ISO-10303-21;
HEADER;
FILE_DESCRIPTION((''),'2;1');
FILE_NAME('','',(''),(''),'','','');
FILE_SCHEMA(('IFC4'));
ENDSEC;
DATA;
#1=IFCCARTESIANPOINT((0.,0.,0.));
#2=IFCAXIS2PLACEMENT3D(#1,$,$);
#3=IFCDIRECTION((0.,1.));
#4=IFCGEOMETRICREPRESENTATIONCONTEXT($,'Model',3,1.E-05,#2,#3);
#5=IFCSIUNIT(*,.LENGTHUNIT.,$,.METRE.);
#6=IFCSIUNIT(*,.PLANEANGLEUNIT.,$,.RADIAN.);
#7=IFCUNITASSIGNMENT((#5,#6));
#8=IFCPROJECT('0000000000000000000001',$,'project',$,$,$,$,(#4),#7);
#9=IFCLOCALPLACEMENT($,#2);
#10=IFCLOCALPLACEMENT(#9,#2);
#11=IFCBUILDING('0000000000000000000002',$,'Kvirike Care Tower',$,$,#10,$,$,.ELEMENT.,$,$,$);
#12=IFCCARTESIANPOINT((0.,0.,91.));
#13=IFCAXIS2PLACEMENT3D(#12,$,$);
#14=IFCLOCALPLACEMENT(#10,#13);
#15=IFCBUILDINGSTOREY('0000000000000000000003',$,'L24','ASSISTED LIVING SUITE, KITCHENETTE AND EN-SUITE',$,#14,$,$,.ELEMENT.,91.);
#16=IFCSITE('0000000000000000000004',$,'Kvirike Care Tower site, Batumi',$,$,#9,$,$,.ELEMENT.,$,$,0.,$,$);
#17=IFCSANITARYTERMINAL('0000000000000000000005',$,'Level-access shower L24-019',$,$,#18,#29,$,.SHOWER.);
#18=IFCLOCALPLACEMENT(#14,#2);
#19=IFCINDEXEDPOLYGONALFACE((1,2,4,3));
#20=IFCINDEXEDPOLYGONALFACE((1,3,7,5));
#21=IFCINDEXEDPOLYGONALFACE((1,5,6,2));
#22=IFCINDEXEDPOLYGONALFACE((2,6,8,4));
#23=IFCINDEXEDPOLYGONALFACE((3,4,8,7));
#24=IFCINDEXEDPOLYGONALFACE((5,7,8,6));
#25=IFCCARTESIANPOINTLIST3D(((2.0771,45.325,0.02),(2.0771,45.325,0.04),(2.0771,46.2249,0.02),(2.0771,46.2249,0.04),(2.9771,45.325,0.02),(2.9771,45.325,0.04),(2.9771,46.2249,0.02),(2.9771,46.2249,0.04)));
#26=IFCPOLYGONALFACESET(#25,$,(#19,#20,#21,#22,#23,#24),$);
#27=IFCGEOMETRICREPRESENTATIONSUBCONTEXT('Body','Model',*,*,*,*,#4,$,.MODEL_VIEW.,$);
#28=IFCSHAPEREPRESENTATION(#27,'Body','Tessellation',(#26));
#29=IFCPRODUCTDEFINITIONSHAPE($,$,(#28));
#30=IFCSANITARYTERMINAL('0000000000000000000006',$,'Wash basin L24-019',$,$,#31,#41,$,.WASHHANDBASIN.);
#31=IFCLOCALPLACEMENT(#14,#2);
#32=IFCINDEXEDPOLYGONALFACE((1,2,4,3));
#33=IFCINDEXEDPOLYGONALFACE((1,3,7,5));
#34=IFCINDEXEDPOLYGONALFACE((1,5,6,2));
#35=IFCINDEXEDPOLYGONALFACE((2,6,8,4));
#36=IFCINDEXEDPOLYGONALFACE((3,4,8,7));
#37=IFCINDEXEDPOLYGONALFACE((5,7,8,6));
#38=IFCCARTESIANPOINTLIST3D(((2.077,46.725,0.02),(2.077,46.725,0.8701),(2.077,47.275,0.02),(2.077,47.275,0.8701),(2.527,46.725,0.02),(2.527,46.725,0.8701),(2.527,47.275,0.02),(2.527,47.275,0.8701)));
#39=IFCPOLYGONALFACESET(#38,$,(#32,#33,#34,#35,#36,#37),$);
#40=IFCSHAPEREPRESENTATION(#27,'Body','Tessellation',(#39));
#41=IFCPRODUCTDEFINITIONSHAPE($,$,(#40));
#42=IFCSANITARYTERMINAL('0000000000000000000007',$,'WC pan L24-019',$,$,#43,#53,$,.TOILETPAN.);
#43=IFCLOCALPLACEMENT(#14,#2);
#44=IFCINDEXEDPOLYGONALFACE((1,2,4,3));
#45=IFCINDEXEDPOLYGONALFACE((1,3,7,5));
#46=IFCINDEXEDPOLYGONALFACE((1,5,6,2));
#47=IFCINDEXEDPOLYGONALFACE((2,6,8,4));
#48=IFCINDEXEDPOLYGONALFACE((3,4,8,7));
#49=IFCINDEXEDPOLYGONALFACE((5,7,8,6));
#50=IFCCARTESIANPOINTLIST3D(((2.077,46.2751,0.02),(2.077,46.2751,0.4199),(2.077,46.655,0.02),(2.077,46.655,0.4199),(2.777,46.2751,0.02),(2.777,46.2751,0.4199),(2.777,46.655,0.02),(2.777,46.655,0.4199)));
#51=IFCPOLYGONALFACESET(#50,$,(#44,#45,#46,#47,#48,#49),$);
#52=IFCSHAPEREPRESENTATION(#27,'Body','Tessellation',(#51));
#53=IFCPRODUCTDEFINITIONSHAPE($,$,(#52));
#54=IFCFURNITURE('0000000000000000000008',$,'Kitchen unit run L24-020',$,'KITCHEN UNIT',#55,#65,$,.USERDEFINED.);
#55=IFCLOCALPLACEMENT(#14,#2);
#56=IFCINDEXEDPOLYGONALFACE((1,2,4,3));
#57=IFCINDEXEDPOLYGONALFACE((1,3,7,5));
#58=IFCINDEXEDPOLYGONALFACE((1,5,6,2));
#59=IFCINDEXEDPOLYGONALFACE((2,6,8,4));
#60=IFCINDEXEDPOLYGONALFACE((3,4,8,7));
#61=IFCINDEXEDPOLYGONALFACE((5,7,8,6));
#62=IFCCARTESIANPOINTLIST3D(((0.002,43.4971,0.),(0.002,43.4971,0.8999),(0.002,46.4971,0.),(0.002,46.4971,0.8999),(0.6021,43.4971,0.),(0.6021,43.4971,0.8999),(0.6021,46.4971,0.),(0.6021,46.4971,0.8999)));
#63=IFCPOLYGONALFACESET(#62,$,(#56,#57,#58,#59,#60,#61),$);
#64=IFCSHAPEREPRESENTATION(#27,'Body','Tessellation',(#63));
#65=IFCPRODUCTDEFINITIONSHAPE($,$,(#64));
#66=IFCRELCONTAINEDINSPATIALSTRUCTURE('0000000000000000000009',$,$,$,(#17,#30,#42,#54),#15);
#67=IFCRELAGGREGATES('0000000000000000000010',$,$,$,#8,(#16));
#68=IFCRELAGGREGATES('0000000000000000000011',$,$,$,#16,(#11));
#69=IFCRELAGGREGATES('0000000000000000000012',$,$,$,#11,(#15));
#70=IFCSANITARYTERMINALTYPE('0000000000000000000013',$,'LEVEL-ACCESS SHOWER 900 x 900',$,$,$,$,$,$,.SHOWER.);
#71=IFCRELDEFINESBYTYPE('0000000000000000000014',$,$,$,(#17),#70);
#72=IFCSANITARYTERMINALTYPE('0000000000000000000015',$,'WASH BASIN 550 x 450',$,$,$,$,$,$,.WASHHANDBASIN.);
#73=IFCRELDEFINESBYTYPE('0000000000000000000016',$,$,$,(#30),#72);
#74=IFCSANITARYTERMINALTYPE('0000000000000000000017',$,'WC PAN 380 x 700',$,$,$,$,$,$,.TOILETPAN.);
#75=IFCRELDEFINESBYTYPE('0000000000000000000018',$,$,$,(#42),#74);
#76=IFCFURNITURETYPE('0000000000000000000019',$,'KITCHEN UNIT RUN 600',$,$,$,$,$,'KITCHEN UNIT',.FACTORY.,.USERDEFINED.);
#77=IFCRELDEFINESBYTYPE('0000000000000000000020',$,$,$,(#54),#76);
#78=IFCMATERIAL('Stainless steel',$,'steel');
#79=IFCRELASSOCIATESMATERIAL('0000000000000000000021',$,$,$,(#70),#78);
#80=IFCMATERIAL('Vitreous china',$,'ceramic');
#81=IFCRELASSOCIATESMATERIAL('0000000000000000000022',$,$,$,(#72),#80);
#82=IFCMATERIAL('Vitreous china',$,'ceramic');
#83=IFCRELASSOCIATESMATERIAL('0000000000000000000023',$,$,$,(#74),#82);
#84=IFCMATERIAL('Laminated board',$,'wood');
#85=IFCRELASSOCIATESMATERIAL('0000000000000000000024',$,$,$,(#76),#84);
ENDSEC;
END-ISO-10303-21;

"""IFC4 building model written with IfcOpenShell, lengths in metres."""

from ifc_helpers import new_model, si_unit, direction, frame, origin, origin_2d, place, context, subcontext, project, spatial, rectangle, extrude, material, type_object, element, save


model = new_model("IFC4")

# Units and contexts
model_context = context("Model", 3, precision=1e-05, world=origin(), true_north=direction((0.0, 1.0)))
body_context = subcontext(model_context, "Body", "Model", "MODEL_VIEW")
ifc_project = project(units=[si_unit("LENGTHUNIT", "METRE"), si_unit("PLANEANGLEUNIT", "RADIAN")], contexts=[model_context])

# Site, building, storey
site_placement = place(None, origin())
site = spatial("IfcSite", under=ifc_project, at=site_placement, Name="Kvirike Care Tower site, Batumi", CompositionType="ELEMENT", RefElevation=0.0)
building_placement = place(site_placement, origin())
building = spatial("IfcBuilding", under=site, at=building_placement, Name="Kvirike Care Tower", CompositionType="ELEMENT")
storey_placement = place(building_placement, frame((0.0, 0.0, 91.0)))
storey = spatial("IfcBuildingStorey", under=building, at=storey_placement, Name="L24", Description="ASSISTED LIVING SUITE, KITCHENETTE AND EN-SUITE", CompositionType="ELEMENT", Elevation=91.0)

# Sanitary terminals
ifc_material_1 = material(Name="Stainless steel", Category="steel")
sanitary_terminal_type_1 = type_object("IfcSanitaryTerminalType", Name="LEVEL-ACCESS SHOWER 900 x 900", PredefinedType="SHOWER", material=ifc_material_1)
sanitary_terminal_1_placement = place(storey_placement, frame((2.5271, 45.7749, 0.02), z_axis=(0.0, 0.0, 1.0), x_axis=(0.0, 1.0, 0.0)))
element("IfcSanitaryTerminal", 1, at=sanitary_terminal_1_placement, inside=storey, type_object=sanitary_terminal_type_1, Name="Level-access shower L24-019", PredefinedType="SHOWER", context=body_context, shape_type="SweptSolid", body=[
    extrude(rectangle(XDim=0.8999, YDim=0.8999, at=origin_2d()), origin(), (0.0, 0.0, 1.0), 0.02),
])
ifc_material_2 = material(Name="Vitreous china", Category="ceramic")
sanitary_terminal_type_2 = type_object("IfcSanitaryTerminalType", Name="WASH BASIN 550 x 450", PredefinedType="WASHHANDBASIN", material=ifc_material_2)
sanitary_terminal_2_placement = place(storey_placement, frame((2.302, 47.0, 0.02), z_axis=(0.0, 0.0, 1.0), x_axis=(0.0, 1.0, 0.0)))
element("IfcSanitaryTerminal", 2, at=sanitary_terminal_2_placement, inside=storey, type_object=sanitary_terminal_type_2, Name="Wash basin L24-019", PredefinedType="WASHHANDBASIN", context=body_context, shape_type="SweptSolid", body=[
    extrude(rectangle(XDim=0.55, YDim=0.45, at=origin_2d()), origin(), (0.0, 0.0, 1.0), 0.8501),
])
ifc_material_3 = material(Name="Vitreous china", Category="ceramic")
sanitary_terminal_type_3 = type_object("IfcSanitaryTerminalType", Name="WC PAN 380 x 700", PredefinedType="TOILETPAN", material=ifc_material_3)
sanitary_terminal_3_placement = place(storey_placement, frame((2.427, 46.4651, 0.02), z_axis=(0.0, 0.0, 1.0), x_axis=(0.0, 1.0, 0.0)))
element("IfcSanitaryTerminal", 3, at=sanitary_terminal_3_placement, inside=storey, type_object=sanitary_terminal_type_3, Name="WC pan L24-019", PredefinedType="TOILETPAN", context=body_context, shape_type="SweptSolid", body=[
    extrude(rectangle(XDim=0.3799, YDim=0.7, at=origin_2d()), origin(), (0.0, 0.0, 1.0), 0.3999),
])

# Furniture
ifc_material_4 = material(Name="Laminated board", Category="wood")
furniture_type = type_object("IfcFurnitureType", Name="KITCHEN UNIT RUN 600", ElementType="KITCHEN UNIT", AssemblyPlace="FACTORY", PredefinedType="USERDEFINED", material=ifc_material_4)
furniture_placement = place(storey_placement, frame((0.302, 44.9971, 0.0), z_axis=(0.0, 0.0, 1.0), x_axis=(0.0, 1.0, 0.0)))
element("IfcFurniture", 4, at=furniture_placement, inside=storey, type_object=furniture_type, Name="Kitchen unit run L24-020", ObjectType="KITCHEN UNIT", PredefinedType="USERDEFINED", context=body_context, shape_type="SweptSolid", body=[
    extrude(rectangle(XDim=3.0, YDim=0.6001, at=origin_2d()), origin(), (0.0, 0.0, 1.0), 0.8999),
])

save(model, "model.ifc")
